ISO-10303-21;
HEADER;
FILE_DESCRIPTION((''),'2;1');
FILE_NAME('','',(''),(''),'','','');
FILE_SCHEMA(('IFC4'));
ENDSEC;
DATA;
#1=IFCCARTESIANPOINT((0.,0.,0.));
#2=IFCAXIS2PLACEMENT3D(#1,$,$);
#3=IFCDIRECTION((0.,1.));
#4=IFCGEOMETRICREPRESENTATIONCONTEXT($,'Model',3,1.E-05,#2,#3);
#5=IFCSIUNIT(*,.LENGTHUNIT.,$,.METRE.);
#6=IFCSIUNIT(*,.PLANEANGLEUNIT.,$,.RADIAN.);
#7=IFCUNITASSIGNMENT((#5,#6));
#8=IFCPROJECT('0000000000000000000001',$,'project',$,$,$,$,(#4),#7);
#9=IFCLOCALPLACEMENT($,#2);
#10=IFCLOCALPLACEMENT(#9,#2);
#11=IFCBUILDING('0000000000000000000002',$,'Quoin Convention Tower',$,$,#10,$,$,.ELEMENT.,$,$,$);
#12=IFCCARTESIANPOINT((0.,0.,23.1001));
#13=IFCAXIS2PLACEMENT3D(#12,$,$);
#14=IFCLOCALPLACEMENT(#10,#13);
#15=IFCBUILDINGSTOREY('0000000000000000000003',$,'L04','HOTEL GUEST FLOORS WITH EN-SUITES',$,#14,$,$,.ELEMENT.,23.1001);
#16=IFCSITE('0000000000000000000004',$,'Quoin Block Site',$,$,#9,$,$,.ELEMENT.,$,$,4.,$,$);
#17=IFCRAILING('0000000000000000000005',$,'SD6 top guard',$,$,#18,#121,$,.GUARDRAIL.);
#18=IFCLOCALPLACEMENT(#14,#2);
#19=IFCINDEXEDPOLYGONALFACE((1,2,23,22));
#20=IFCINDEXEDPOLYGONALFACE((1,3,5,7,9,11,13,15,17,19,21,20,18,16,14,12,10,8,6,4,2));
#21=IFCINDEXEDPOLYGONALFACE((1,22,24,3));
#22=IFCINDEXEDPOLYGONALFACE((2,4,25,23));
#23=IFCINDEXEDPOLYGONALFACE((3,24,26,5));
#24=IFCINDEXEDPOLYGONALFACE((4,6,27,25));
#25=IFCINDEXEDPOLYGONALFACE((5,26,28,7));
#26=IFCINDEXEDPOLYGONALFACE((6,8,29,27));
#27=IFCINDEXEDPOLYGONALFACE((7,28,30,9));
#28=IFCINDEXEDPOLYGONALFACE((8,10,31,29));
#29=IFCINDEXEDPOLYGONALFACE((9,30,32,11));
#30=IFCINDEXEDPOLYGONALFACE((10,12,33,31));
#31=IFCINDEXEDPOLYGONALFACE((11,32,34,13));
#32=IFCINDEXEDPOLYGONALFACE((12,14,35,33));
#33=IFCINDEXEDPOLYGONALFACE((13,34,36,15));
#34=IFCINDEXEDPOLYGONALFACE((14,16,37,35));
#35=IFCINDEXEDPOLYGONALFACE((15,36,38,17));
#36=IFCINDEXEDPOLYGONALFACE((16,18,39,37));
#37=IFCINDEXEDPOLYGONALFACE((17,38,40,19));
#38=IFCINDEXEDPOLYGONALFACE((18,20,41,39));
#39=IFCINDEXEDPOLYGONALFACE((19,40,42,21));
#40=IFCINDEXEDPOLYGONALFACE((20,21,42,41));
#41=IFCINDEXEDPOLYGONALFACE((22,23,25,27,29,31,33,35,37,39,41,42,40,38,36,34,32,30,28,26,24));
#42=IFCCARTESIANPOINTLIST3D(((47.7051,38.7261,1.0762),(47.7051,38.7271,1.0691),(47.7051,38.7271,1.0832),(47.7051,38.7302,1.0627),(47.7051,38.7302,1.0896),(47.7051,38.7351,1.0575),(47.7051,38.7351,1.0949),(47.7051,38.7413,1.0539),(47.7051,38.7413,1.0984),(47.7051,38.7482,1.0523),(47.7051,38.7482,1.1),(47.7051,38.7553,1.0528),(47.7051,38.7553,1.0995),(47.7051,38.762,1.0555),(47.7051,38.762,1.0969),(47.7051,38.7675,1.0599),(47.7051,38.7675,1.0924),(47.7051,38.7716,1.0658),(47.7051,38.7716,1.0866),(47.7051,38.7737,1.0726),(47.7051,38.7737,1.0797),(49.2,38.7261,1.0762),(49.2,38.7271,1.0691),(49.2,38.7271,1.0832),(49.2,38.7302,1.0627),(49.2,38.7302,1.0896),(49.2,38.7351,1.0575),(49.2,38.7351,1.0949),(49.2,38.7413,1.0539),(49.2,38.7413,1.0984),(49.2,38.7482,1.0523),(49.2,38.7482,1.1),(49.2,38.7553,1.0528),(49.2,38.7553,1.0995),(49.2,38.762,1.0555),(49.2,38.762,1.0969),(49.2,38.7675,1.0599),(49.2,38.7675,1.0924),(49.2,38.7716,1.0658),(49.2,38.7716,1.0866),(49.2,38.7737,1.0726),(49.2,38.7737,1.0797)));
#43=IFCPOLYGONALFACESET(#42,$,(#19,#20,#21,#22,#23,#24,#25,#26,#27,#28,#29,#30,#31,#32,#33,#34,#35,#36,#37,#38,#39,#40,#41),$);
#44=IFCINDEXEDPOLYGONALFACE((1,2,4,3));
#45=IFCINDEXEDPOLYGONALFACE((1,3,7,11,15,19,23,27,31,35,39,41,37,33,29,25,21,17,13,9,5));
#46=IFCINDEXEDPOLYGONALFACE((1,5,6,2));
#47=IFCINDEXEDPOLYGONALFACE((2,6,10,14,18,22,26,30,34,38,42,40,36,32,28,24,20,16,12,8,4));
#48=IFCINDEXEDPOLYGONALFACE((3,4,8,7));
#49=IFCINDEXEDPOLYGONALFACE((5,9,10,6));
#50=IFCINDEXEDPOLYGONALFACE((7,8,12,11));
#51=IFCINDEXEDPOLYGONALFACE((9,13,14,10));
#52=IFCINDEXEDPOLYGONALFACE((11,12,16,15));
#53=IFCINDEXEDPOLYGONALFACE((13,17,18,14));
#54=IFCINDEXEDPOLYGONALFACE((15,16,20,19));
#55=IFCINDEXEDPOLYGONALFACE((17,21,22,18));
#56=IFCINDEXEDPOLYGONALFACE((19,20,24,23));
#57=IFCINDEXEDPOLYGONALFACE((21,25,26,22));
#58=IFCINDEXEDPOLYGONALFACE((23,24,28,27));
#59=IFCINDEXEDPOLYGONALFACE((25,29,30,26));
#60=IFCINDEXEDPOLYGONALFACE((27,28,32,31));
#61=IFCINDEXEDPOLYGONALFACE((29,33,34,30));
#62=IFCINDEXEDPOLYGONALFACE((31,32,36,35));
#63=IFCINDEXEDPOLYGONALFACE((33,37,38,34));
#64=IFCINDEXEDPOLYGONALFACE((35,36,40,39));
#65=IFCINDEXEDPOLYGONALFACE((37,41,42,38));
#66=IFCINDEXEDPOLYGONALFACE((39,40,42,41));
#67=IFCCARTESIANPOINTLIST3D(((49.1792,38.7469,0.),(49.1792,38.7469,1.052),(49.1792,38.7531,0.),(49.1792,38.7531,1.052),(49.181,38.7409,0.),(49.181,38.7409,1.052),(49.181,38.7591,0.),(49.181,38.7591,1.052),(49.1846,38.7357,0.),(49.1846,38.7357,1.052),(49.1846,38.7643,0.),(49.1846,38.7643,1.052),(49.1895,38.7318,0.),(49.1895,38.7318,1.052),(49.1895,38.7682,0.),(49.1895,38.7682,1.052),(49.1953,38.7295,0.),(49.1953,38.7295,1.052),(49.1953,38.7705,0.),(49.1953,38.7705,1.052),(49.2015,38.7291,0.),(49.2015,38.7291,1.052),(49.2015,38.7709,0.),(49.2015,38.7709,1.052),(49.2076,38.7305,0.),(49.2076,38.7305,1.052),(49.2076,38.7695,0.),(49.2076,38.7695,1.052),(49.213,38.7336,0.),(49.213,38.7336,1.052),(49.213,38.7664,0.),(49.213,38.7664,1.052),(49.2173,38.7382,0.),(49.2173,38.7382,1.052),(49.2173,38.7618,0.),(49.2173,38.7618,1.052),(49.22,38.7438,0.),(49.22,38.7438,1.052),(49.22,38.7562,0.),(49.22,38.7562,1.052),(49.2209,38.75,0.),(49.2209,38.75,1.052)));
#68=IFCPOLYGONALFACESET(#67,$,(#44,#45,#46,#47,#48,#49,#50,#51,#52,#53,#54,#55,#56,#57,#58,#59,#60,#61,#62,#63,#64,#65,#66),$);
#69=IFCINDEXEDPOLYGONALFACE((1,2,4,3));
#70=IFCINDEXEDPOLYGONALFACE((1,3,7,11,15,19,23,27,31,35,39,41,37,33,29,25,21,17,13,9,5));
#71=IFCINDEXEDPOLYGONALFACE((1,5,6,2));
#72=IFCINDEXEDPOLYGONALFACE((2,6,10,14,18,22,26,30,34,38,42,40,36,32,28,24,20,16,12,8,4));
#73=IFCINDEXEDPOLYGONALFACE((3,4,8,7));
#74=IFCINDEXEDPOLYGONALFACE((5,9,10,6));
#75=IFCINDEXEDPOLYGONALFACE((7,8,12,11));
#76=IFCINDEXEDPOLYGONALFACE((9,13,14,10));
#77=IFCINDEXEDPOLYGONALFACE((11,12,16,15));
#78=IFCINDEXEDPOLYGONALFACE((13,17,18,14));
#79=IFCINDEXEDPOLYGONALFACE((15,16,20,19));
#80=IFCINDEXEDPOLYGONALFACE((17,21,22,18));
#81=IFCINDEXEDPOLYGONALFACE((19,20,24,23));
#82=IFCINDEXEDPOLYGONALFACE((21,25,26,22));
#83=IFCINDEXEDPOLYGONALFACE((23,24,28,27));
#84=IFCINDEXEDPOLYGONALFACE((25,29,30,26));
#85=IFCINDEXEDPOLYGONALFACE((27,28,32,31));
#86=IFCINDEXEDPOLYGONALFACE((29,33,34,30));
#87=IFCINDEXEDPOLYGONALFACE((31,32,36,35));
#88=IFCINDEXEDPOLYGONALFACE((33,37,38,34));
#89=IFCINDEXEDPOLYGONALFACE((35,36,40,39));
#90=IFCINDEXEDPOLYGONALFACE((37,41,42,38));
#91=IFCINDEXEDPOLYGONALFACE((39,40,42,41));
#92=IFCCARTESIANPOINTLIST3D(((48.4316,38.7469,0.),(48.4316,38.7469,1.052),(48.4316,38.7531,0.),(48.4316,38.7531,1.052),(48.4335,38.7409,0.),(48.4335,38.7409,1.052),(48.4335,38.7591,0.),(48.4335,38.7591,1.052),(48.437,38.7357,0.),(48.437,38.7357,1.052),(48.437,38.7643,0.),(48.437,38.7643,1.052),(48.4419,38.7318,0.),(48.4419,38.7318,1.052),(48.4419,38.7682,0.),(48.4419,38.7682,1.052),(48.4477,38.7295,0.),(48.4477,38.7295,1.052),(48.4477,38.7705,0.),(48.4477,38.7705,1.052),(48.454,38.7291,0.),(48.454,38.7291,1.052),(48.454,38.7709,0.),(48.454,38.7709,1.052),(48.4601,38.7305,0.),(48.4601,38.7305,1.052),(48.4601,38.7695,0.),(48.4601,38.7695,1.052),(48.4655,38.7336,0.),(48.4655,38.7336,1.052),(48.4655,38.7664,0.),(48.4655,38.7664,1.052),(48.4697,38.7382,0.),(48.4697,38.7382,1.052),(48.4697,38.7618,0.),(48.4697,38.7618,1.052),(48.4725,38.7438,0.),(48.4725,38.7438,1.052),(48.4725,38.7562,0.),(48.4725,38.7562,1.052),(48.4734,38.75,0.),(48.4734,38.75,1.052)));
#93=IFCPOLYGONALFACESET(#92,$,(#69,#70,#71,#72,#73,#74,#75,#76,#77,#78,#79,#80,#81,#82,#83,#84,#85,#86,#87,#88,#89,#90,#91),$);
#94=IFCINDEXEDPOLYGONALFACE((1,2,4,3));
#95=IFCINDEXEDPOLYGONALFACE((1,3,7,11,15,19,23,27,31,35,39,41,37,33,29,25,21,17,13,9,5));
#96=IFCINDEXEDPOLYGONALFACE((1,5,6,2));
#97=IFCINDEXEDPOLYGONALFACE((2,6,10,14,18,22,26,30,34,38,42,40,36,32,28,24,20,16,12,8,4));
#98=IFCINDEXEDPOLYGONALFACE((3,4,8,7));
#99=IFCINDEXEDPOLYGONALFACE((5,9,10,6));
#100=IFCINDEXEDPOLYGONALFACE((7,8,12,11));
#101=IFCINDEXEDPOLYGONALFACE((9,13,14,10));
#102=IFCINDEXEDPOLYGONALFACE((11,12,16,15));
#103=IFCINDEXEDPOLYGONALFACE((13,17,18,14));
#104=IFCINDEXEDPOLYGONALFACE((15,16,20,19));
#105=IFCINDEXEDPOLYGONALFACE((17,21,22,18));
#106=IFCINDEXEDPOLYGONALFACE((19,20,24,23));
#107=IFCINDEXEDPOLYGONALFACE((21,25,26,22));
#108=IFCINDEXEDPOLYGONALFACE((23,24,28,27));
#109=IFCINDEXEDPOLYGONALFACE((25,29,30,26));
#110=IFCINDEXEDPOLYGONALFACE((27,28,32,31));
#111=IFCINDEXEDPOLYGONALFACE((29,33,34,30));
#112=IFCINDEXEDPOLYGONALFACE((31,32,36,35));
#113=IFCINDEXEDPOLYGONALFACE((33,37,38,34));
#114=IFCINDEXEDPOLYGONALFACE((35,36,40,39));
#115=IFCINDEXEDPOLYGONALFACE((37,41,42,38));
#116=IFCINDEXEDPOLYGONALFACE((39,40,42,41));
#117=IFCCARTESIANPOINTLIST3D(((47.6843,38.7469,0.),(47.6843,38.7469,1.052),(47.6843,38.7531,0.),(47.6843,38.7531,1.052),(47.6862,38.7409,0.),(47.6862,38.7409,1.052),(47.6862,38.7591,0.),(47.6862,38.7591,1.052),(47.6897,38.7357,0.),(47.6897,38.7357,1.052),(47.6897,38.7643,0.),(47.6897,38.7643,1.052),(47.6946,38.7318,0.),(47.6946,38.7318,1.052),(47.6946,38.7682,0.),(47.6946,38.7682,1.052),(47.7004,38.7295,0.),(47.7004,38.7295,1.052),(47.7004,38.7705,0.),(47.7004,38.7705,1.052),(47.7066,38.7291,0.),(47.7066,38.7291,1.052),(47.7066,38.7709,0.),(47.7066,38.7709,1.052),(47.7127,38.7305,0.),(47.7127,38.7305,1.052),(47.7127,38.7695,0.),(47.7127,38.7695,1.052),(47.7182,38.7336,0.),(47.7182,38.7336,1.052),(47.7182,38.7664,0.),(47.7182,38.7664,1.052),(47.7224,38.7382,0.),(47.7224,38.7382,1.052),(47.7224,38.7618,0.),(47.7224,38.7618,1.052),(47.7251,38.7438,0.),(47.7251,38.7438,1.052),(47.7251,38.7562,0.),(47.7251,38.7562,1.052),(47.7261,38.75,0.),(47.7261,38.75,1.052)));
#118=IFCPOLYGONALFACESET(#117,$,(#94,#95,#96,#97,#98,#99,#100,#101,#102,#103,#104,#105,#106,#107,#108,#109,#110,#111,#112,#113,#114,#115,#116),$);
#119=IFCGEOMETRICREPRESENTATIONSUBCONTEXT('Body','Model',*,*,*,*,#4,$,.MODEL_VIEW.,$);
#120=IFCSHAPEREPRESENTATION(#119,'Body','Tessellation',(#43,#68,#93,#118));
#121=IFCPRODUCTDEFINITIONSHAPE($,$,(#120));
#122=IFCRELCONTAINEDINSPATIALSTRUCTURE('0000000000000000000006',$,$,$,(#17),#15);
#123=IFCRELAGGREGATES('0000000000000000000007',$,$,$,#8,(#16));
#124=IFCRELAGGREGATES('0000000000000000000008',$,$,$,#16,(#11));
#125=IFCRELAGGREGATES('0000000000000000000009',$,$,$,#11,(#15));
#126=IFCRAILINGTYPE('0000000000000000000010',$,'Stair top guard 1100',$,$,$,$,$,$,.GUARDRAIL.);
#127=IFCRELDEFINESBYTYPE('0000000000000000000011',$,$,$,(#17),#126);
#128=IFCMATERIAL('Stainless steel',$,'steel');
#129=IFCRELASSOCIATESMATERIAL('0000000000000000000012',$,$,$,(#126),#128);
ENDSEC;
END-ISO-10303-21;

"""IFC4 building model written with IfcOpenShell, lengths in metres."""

from ifc_helpers import new_model, si_unit, direction, frame, origin, origin_2d, place, context, subcontext, project, spatial, circle, extrude, material, type_object, element, save


model = new_model("IFC4")

# Units and contexts
model_context = context("Model", 3, precision=1e-05, world=origin(), true_north=direction((0.0, 1.0)))
body_context = subcontext(model_context, "Body", "Model", "MODEL_VIEW")
ifc_project = project(units=[si_unit("LENGTHUNIT", "METRE"), si_unit("PLANEANGLEUNIT", "RADIAN")], contexts=[model_context])

# Site, building, storey
site_placement = place(None, origin())
site = spatial("IfcSite", under=ifc_project, at=site_placement, Name="Quoin Block Site", CompositionType="ELEMENT", RefElevation=4.0)
building_placement = place(site_placement, origin())
building = spatial("IfcBuilding", under=site, at=building_placement, Name="Quoin Convention Tower", CompositionType="ELEMENT")
storey_placement = place(building_placement, frame((0.0, 0.0, 23.1001)))
storey = spatial("IfcBuildingStorey", under=building, at=storey_placement, Name="L04", Description="HOTEL GUEST FLOORS WITH EN-SUITES", CompositionType="ELEMENT", Elevation=23.1001)

# Railing
ifc_material_1 = material(Name="Stainless steel", Category="steel")
railing_type = type_object("IfcRailingType", Name="Stair top guard 1100", PredefinedType="GUARDRAIL", material=ifc_material_1)
railing_placement = place(storey_placement, frame((49.2, 38.75, 0.0)))
element("IfcRailing", 1, at=railing_placement, inside=storey, type_object=railing_type, Name="SD6 top guard", PredefinedType="GUARDRAIL", context=body_context, shape_type="SweptSolid", body=[
    extrude(circle(Radius=0.0239, at=origin_2d()), frame((0.0, 0.0, 1.0762), z_axis=(-1.0, 0.0, 0.0), x_axis=(0.0, -1.0, 0.0)), (0.0, 0.0, 1.0), 1.4949),
    extrude(circle(Radius=0.021, at=origin_2d()), origin(), (0.0, 0.0, 1.0), 1.052),
    extrude(circle(Radius=0.021, at=origin_2d()), frame((-0.7476, 0.0, 0.0)), (0.0, 0.0, 1.0), 1.052),
    extrude(circle(Radius=0.021, at=origin_2d()), frame((-1.4949, 0.0, 0.0)), (0.0, 0.0, 1.0), 1.052),
])

save(model, "model.ifc")
